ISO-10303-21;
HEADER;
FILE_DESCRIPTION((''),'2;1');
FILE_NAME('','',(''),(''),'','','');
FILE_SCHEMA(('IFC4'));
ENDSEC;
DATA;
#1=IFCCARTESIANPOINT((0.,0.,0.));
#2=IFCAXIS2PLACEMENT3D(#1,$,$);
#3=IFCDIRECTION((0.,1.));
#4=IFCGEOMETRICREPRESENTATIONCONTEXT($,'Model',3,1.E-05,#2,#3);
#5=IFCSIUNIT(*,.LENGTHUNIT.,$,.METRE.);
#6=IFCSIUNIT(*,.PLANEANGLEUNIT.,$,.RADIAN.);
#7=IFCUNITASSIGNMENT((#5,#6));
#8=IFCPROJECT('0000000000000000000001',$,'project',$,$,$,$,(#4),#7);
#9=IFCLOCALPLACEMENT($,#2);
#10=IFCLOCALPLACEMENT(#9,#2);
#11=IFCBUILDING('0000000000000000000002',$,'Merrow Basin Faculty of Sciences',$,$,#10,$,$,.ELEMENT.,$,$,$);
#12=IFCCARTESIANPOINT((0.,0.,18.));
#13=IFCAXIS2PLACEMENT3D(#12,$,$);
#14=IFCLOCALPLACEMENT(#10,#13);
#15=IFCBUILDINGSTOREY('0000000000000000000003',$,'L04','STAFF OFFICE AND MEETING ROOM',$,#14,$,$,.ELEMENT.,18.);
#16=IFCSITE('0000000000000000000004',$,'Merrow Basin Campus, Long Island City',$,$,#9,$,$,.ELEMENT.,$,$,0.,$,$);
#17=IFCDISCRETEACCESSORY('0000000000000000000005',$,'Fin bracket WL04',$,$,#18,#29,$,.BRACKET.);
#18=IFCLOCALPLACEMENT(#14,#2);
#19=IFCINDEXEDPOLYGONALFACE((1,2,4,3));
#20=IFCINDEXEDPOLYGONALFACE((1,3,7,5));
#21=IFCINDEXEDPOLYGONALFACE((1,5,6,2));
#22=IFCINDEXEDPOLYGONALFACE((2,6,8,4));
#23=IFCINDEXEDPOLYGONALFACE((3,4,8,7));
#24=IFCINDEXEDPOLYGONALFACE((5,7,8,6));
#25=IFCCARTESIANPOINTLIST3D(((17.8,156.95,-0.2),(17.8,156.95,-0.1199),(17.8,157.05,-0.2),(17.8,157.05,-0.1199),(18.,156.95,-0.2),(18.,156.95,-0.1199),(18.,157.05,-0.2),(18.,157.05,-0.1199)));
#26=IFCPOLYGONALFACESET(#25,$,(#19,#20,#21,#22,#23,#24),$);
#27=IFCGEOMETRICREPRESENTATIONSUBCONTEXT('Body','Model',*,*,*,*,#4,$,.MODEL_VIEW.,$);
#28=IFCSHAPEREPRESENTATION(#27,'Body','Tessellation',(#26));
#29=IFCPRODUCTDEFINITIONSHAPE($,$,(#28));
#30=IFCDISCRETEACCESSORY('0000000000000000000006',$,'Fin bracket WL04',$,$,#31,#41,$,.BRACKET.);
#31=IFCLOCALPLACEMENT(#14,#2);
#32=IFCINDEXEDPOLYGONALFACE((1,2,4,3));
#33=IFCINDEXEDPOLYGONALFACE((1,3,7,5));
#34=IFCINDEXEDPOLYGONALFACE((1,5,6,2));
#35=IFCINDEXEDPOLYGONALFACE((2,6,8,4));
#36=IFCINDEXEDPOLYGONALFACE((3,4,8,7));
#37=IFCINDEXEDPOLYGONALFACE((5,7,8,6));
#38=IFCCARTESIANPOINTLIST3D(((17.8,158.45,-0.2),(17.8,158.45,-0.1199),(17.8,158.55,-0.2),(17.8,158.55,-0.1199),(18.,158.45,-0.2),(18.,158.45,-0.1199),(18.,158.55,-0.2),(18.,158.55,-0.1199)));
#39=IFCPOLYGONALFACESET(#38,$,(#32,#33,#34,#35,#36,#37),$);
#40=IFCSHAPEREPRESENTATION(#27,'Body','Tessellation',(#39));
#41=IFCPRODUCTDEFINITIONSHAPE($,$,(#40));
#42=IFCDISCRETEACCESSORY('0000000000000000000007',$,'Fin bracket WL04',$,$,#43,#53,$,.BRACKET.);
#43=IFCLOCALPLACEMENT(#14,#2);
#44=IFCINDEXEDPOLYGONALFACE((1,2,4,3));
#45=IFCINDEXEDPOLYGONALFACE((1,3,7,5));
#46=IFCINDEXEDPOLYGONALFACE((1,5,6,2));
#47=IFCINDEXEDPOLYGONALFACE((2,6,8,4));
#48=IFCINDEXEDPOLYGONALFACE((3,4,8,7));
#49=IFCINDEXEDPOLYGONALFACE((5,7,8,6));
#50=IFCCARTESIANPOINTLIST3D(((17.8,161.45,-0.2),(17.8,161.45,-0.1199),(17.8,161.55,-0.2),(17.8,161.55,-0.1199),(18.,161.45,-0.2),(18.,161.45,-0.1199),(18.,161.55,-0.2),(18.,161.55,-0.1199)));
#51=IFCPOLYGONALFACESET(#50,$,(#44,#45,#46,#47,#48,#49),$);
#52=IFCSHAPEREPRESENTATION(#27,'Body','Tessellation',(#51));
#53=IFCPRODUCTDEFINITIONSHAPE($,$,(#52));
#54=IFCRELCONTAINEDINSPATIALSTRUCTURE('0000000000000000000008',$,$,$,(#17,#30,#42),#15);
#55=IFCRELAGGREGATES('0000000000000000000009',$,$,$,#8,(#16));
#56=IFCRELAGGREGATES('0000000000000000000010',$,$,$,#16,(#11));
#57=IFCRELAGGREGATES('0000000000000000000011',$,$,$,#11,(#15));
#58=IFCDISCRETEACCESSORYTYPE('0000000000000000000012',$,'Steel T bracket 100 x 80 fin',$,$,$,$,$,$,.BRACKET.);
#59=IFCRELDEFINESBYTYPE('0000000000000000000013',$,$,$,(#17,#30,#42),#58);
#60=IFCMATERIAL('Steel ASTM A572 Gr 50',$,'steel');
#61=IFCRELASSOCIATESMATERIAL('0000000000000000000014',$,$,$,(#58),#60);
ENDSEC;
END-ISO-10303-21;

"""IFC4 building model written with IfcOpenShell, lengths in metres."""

from ifc_helpers import new_model, si_unit, direction, frame, origin, place, context, subcontext, project, spatial, polyline, outline, extrude, source, transform, mapped, material, type_object, element, save


model = new_model("IFC4")

# Units and contexts
model_context = context("Model", 3, precision=1e-05, world=origin(), true_north=direction((0.0, 1.0)))
body_context = subcontext(model_context, "Body", "Model", "MODEL_VIEW")
ifc_project = project(units=[si_unit("LENGTHUNIT", "METRE"), si_unit("PLANEANGLEUNIT", "RADIAN")], contexts=[model_context])

# Site, building, storey
site_placement = place(None, origin())
site = spatial("IfcSite", under=ifc_project, at=site_placement, Name="Merrow Basin Campus, Long Island City", CompositionType="ELEMENT", RefElevation=0.0)
building_placement = place(site_placement, origin())
building = spatial("IfcBuilding", under=site, at=building_placement, Name="Merrow Basin Faculty of Sciences", CompositionType="ELEMENT")
storey_placement = place(building_placement, frame((0.0, 0.0, 18.0)))
storey = spatial("IfcBuildingStorey", under=building, at=storey_placement, Name="L04", Description="STAFF OFFICE AND MEETING ROOM", CompositionType="ELEMENT", Elevation=18.0)

# Discrete accessories
ifc_material_1 = material(Name="Steel ASTM A572 Gr 50", Category="steel")
discrete_accessory_type = type_object("IfcDiscreteAccessoryType", Name="Steel T bracket 100 x 80 fin", PredefinedType="BRACKET", material=ifc_material_1)
shared_shape_1 = source(origin(), body_context, "Body", "SweptSolid", [
    extrude(outline(polyline([(0.0, 0.0), (0.1001, 0.0), (0.1001, 0.0801), (0.0, 0.0801), (0.0, 0.0)])), origin(), (0.0, 0.0, 1.0), 0.2),
])
for number, where, z_axis, x_axis, name in (
    (1, (18.0, 157.05, -0.2), (-1.0, 0.0, 0.0), (0.0, -1.0, 0.0), "Fin bracket WL04"),
    (2, (18.0, 158.55, -0.2), (-1.0, 0.0, 0.0), (0.0, -1.0, 0.0), "Fin bracket WL04"),
    (3, (18.0, 161.55, -0.2), (-1.0, 0.0, 0.0), (0.0, -1.0, 0.0), "Fin bracket WL04"),
):
    element("IfcDiscreteAccessory", number, at=place(storey_placement, frame(where, z_axis=z_axis, x_axis=x_axis)), inside=storey, type_object=discrete_accessory_type, Name=name, PredefinedType="BRACKET", context=body_context, shape_type="MappedRepresentation", body=[
        mapped(shared_shape_1, transform((0.0, 0.0, 0.0), scale=1.0)),
    ])

save(model, "model.ifc")
